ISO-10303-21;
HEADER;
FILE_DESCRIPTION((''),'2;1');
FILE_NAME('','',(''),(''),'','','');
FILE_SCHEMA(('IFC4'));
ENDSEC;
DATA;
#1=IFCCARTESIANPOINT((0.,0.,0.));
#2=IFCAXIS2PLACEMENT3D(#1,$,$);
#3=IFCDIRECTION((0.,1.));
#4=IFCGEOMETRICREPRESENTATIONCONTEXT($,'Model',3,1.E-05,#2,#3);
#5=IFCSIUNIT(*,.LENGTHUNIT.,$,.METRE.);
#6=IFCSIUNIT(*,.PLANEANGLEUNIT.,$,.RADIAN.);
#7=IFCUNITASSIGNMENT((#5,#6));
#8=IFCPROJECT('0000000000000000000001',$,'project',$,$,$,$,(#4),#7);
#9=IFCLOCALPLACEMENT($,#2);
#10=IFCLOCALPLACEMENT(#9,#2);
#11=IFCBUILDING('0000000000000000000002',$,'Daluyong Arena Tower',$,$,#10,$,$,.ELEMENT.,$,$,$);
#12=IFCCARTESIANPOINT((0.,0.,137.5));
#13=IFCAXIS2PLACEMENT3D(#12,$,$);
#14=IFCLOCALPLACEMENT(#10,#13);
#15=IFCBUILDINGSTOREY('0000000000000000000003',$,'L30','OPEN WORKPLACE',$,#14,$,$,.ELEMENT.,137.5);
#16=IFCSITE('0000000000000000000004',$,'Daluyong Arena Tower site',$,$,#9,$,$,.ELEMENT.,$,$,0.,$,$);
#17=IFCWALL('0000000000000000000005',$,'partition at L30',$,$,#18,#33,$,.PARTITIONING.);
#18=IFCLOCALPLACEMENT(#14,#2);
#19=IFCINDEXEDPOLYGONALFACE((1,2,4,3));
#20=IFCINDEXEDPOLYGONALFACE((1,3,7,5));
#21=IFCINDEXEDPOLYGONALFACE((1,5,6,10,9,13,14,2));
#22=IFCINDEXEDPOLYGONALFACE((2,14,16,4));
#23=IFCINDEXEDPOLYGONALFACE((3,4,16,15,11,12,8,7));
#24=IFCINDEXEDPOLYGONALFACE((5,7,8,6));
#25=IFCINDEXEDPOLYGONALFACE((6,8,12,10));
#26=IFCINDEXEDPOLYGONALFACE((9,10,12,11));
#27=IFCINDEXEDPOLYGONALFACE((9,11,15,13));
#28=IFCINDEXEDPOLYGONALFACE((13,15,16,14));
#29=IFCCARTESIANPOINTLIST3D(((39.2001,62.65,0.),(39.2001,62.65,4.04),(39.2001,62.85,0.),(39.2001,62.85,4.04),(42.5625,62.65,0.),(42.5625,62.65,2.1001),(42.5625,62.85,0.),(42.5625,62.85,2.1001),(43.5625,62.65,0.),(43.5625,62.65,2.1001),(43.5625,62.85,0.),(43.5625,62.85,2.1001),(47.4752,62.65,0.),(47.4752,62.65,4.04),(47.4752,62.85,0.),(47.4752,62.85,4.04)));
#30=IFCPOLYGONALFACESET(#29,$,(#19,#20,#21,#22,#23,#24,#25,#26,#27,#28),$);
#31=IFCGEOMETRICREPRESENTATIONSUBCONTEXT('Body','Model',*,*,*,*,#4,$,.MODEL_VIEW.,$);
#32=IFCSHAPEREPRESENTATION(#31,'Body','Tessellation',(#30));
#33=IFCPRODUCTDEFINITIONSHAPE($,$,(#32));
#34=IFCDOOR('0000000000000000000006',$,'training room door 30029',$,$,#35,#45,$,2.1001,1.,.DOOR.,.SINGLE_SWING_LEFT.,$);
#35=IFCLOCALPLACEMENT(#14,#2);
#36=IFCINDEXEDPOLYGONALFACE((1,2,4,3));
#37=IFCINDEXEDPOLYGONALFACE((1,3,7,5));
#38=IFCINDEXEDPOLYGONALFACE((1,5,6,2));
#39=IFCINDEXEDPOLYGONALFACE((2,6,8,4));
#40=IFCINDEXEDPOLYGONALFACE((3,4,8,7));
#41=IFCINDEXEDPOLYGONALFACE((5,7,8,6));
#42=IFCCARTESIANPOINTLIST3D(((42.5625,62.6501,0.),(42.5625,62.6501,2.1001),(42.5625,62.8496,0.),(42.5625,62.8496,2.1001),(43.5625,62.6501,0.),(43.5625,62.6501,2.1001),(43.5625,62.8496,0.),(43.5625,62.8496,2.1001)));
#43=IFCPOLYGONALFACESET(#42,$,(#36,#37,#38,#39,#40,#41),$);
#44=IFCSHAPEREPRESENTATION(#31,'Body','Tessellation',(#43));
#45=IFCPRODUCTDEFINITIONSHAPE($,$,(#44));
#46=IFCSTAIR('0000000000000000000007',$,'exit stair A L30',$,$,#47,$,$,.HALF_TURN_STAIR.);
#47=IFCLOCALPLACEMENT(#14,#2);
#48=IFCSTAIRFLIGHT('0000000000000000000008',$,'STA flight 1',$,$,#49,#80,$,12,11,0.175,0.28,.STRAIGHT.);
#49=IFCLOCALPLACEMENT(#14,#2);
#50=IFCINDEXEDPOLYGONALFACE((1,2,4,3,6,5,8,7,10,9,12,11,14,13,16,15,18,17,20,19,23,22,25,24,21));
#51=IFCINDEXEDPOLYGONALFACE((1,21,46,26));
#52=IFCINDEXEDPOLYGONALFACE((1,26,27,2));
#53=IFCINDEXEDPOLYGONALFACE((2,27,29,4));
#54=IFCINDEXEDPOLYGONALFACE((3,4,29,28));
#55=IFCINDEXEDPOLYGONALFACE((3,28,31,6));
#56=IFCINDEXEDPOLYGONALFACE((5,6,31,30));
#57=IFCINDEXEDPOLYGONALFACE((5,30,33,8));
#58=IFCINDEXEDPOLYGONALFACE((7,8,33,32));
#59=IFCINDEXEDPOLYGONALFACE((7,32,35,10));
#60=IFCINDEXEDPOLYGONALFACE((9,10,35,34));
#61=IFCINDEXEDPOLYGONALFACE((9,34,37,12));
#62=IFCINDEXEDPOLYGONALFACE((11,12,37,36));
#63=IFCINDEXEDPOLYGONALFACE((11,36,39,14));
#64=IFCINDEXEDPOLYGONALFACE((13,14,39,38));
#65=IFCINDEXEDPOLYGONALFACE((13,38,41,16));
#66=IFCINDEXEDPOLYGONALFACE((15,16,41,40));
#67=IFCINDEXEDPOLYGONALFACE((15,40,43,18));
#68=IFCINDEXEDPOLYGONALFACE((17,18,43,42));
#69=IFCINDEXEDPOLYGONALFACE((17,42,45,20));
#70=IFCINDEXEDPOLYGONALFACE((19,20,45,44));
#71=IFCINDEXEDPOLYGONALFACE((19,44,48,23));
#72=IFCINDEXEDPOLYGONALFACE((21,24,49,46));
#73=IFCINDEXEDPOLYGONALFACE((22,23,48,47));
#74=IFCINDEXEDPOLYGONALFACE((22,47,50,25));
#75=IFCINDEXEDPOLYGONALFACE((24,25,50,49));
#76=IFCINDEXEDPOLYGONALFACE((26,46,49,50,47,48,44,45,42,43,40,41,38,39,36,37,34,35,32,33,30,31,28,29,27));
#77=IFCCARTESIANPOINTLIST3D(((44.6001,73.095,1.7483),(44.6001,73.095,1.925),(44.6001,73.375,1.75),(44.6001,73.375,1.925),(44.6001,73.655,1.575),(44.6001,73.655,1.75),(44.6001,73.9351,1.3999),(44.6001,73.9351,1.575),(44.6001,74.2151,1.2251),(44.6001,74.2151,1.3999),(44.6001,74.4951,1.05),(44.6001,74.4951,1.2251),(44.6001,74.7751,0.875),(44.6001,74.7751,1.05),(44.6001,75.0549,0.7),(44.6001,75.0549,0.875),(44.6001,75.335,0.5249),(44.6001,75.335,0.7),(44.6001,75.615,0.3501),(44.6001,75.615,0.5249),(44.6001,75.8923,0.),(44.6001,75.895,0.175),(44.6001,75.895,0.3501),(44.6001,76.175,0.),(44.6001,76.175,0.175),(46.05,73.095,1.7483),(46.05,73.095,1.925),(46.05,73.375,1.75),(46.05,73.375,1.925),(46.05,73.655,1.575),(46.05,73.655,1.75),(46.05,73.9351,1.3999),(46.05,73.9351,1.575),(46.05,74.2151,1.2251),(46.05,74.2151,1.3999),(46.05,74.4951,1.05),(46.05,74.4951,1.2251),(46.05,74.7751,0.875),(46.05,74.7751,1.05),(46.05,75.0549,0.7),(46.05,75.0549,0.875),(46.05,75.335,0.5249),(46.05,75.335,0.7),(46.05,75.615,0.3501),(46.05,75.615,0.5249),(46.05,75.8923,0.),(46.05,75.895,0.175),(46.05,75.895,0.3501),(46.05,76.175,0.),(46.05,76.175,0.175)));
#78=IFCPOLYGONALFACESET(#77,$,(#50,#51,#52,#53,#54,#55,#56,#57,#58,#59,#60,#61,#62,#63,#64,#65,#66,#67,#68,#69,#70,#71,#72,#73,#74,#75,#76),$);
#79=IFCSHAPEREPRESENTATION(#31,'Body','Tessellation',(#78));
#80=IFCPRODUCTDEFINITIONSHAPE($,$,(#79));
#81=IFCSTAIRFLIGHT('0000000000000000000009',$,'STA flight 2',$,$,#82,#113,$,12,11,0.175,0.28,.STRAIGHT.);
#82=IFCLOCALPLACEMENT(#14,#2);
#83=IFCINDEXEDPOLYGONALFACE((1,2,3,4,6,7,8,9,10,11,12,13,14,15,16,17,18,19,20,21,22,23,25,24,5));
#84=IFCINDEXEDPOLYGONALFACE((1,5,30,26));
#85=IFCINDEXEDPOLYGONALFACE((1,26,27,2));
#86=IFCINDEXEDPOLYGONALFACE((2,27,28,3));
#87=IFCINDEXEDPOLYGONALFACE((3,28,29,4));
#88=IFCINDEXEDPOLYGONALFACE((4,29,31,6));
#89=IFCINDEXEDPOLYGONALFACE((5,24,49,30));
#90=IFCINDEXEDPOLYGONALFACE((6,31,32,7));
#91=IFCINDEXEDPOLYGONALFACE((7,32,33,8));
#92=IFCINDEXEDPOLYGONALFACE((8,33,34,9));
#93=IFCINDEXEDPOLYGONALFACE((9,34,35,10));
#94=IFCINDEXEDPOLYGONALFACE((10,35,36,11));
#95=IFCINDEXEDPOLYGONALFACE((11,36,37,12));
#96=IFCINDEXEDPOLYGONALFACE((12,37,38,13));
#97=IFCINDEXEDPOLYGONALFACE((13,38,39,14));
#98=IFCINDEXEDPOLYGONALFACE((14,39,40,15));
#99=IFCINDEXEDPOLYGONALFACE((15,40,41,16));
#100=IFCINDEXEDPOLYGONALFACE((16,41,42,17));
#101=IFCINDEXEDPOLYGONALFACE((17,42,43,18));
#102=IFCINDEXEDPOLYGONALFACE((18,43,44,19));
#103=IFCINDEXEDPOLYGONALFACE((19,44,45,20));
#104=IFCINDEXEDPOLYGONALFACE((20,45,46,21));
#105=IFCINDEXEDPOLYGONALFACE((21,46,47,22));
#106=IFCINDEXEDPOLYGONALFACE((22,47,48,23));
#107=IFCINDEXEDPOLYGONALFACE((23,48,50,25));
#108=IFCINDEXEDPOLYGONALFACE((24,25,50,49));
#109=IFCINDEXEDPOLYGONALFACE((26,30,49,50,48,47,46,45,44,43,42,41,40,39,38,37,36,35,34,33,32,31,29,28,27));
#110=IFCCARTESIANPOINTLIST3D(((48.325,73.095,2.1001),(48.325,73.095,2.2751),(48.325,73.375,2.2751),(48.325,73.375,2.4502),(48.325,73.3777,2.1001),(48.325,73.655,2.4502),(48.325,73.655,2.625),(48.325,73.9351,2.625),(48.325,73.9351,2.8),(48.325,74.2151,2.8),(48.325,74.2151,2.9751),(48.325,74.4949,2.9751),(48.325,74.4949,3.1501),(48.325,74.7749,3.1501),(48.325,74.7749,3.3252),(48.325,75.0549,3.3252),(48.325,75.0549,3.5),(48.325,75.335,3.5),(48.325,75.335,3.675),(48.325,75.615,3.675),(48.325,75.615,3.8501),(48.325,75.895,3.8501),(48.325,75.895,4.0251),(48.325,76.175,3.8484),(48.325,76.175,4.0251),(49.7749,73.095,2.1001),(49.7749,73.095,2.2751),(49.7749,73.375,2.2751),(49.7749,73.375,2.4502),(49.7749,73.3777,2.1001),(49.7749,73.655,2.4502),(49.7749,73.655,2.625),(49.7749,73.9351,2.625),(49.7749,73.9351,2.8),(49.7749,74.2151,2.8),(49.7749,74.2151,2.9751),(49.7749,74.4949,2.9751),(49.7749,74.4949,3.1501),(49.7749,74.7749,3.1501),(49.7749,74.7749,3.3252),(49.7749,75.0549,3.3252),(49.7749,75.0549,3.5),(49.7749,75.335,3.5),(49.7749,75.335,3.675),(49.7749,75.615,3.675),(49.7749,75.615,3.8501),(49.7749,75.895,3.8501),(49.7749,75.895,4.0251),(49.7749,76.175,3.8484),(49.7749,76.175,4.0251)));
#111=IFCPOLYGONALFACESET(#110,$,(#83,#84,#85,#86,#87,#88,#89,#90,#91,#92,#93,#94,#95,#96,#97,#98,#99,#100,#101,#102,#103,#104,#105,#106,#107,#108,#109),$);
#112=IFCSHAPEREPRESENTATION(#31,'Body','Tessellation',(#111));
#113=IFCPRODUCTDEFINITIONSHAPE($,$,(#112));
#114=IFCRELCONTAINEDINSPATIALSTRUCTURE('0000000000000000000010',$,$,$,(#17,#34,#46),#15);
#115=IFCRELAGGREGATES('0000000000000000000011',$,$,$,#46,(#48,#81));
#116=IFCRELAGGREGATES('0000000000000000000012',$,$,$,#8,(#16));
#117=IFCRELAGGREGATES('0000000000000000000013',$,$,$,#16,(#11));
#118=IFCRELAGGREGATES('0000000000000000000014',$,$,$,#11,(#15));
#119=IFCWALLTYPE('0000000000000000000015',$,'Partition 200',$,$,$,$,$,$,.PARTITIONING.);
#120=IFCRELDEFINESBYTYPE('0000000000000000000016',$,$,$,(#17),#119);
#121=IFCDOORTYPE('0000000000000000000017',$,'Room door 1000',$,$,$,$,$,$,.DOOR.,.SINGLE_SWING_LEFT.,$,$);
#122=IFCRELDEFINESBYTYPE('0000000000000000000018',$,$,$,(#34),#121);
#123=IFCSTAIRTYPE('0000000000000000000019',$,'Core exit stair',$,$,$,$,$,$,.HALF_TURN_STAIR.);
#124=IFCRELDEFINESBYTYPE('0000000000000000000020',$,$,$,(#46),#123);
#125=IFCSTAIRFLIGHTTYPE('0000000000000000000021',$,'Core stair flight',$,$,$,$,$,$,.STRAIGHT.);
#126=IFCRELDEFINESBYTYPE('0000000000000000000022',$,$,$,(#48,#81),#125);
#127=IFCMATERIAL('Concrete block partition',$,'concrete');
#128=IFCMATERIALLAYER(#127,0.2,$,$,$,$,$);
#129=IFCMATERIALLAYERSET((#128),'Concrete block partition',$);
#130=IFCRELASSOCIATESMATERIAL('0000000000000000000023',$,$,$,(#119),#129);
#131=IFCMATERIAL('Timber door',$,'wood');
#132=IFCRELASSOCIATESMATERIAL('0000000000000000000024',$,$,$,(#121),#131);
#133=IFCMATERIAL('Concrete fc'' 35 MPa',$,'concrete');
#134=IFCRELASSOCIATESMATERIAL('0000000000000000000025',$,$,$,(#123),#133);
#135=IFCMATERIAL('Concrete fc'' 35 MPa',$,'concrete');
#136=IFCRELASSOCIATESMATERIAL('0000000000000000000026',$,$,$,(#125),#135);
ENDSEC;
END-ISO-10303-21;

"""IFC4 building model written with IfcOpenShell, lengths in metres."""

from ifc_helpers import new_model, si_unit, direction, frame, frame_2d, origin, place, context, subcontext, project, spatial, polyline, rectangle, outline, extrude, material, layer, layer_set, type_object, element, fill, aggregate, save


model = new_model("IFC4")

# Units and contexts
model_context = context("Model", 3, precision=1e-05, world=origin(), true_north=direction((0.0, 1.0)))
body_context = subcontext(model_context, "Body", "Model", "MODEL_VIEW")
ifc_project = project(units=[si_unit("LENGTHUNIT", "METRE"), si_unit("PLANEANGLEUNIT", "RADIAN")], contexts=[model_context])

# Site, building, storey
site_placement = place(None, origin())
site = spatial("IfcSite", under=ifc_project, at=site_placement, Name="Daluyong Arena Tower site", CompositionType="ELEMENT", RefElevation=0.0)
building_placement = place(site_placement, origin())
building = spatial("IfcBuilding", under=site, at=building_placement, Name="Daluyong Arena Tower", CompositionType="ELEMENT")
storey_placement = place(building_placement, frame((0.0, 0.0, 137.5)))
storey = spatial("IfcBuildingStorey", under=building, at=storey_placement, Name="L30", Description="OPEN WORKPLACE", CompositionType="ELEMENT", Elevation=137.5)

# Wall, opening, door
ifc_material_1 = material(Name="Concrete block partition", Category="concrete")
ifc_layer_1 = layer(ifc_material_1, 0.2)
ifc_layer_set_1 = layer_set([ifc_layer_1], Name="Concrete block partition")
wall_type_1 = type_object("IfcWallType", Name="Partition 200", PredefinedType="PARTITIONING", material=ifc_layer_set_1)
wall_1_placement = place(storey_placement, frame((39.2, 62.75, 0.0), z_axis=(0.0, 0.0, 1.0), x_axis=(1.0, 0.0, 0.0)))
wall_1 = element("IfcWall", 1, at=wall_1_placement, inside=storey, type_object=wall_type_1, Name="partition at L30", PredefinedType="PARTITIONING", context=body_context, shape_type="SweptSolid", body=[
    extrude(rectangle(XDim=8.2751, YDim=0.2, at=frame_2d((4.1377, 0.0))), origin(), (0.0, 0.0, 1.0), 4.04),
])
opening_1_placement = place(wall_1_placement, frame((3.3625, 0.0, 0.0)))
opening_1 = element("IfcOpeningElement", 2, at=opening_1_placement, cuts=wall_1, PredefinedType="OPENING", context=body_context, shape_type="SweptSolid", body=[
    extrude(rectangle(XDim=1.0, YDim=2.1001, at=frame_2d((0.5, 1.05))), frame((0.0, 0.1099, 0.0), z_axis=(0.0, -1.0, 0.0), x_axis=(1.0, 0.0, 0.0)), (0.0, 0.0, 1.0), 0.22),
])
ifc_material_2 = material(Name="Timber door", Category="wood")
door_type_1 = type_object("IfcDoorType", Name="Room door 1000", OperationType="SINGLE_SWING_LEFT", PredefinedType="DOOR", material=ifc_material_2)
door_1_placement = place(opening_1_placement, origin())
door_1 = element("IfcDoor", 3, at=door_1_placement, inside=storey, type_object=door_type_1, Name="training room door 30029", OperationType="SINGLE_SWING_LEFT", OverallHeight=2.1001, OverallWidth=1.0, PredefinedType="DOOR", context=body_context, shape_type="SweptSolid", body=[
    extrude(rectangle(XDim=1.0, YDim=2.1001, at=frame_2d((0.5, 1.05))), frame((0.0, 0.0996, 0.0), z_axis=(0.0, -1.0, 0.0), x_axis=(1.0, 0.0, 0.0)), (0.0, 0.0, 1.0), 0.1995),
])
fill(opening_1, door_1)

# Stair, stair flights
ifc_material_3 = material(Name="Concrete fc' 35 MPa", Category="concrete")
stair_type = type_object("IfcStairType", Name="Core exit stair", PredefinedType="HALF_TURN_STAIR", material=ifc_material_3)
stair_placement = place(storey_placement, origin())
stair = element("IfcStair", 4, at=stair_placement, inside=storey, type_object=stair_type, Name="exit stair A L30", PredefinedType="HALF_TURN_STAIR")
ifc_material_4 = material(Name="Concrete fc' 35 MPa", Category="concrete")
stair_flight_type = type_object("IfcStairFlightType", Name="Core stair flight", PredefinedType="STRAIGHT", material=ifc_material_4)
stair_flight_1_placement = place(storey_placement, frame((45.325, 76.175, 0.0), z_axis=(0.0, 0.0, 1.0), x_axis=(0.0, -1.0, 0.0)))
stair_flight_1 = element("IfcStairFlight", 5, at=stair_flight_1_placement, type_object=stair_flight_type, Name="STA flight 1", NumberOfRisers=12, NumberOfTreads=11, PredefinedType="STRAIGHT", RiserHeight=0.175, TreadLength=0.28, context=body_context, shape_type="SweptSolid", body=[
    extrude(outline(polyline([(0.0, 0.0), (0.0, 0.175), (0.28, 0.175), (0.28, 0.3501), (0.5601, 0.3501), (0.5601, 0.5249), (0.8401, 0.5249), (0.8401, 0.7), (1.1201, 0.7), (1.1201, 0.875), (1.3999, 0.875), (1.3999, 1.05), (1.6799, 1.05), (1.6799, 1.2251), (1.96, 1.2251), (1.96, 1.3999), (2.24, 1.3999), (2.24, 1.575), (2.52, 1.575), (2.52, 1.75), (2.8, 1.75), (2.8, 1.925), (3.0801, 1.925), (3.0801, 2.1001), (3.0801, 1.7483), (0.2827, 0.0), (0.0, 0.0)])), frame((0.0, 0.7251, 0.0), z_axis=(0.0, -1.0, 0.0), x_axis=(1.0, 0.0, 0.0)), (0.0, 0.0, 1.0), 1.45),
])
stair_flight_2_placement = place(storey_placement, frame((49.05, 73.095, 2.1001), z_axis=(0.0, 0.0, 1.0), x_axis=(0.0, 1.0, 0.0)))
stair_flight_2 = element("IfcStairFlight", 6, at=stair_flight_2_placement, type_object=stair_flight_type, Name="STA flight 2", NumberOfRisers=12, NumberOfTreads=11, PredefinedType="STRAIGHT", RiserHeight=0.175, TreadLength=0.28, context=body_context, shape_type="SweptSolid", body=[
    extrude(outline(polyline([(0.0, 0.0), (0.0, 0.175), (0.28, 0.175), (0.28, 0.3501), (0.5601, 0.3501), (0.5601, 0.5249), (0.8401, 0.5249), (0.8401, 0.7), (1.1201, 0.7), (1.1201, 0.875), (1.3999, 0.875), (1.3999, 1.05), (1.6799, 1.05), (1.6799, 1.2251), (1.96, 1.2251), (1.96, 1.3999), (2.24, 1.3999), (2.24, 1.575), (2.52, 1.575), (2.52, 1.75), (2.8, 1.75), (2.8, 1.925), (3.0801, 1.925), (3.0801, 2.1001), (3.0801, 1.7483), (0.2827, 0.0), (0.0, 0.0)])), frame((0.0, 0.7251, 0.0), z_axis=(0.0, -1.0, 0.0), x_axis=(1.0, 0.0, 0.0)), (0.0, 0.0, 1.0), 1.45),
])
aggregate(stair, [stair_flight_1, stair_flight_2])

save(model, "model.ifc")
